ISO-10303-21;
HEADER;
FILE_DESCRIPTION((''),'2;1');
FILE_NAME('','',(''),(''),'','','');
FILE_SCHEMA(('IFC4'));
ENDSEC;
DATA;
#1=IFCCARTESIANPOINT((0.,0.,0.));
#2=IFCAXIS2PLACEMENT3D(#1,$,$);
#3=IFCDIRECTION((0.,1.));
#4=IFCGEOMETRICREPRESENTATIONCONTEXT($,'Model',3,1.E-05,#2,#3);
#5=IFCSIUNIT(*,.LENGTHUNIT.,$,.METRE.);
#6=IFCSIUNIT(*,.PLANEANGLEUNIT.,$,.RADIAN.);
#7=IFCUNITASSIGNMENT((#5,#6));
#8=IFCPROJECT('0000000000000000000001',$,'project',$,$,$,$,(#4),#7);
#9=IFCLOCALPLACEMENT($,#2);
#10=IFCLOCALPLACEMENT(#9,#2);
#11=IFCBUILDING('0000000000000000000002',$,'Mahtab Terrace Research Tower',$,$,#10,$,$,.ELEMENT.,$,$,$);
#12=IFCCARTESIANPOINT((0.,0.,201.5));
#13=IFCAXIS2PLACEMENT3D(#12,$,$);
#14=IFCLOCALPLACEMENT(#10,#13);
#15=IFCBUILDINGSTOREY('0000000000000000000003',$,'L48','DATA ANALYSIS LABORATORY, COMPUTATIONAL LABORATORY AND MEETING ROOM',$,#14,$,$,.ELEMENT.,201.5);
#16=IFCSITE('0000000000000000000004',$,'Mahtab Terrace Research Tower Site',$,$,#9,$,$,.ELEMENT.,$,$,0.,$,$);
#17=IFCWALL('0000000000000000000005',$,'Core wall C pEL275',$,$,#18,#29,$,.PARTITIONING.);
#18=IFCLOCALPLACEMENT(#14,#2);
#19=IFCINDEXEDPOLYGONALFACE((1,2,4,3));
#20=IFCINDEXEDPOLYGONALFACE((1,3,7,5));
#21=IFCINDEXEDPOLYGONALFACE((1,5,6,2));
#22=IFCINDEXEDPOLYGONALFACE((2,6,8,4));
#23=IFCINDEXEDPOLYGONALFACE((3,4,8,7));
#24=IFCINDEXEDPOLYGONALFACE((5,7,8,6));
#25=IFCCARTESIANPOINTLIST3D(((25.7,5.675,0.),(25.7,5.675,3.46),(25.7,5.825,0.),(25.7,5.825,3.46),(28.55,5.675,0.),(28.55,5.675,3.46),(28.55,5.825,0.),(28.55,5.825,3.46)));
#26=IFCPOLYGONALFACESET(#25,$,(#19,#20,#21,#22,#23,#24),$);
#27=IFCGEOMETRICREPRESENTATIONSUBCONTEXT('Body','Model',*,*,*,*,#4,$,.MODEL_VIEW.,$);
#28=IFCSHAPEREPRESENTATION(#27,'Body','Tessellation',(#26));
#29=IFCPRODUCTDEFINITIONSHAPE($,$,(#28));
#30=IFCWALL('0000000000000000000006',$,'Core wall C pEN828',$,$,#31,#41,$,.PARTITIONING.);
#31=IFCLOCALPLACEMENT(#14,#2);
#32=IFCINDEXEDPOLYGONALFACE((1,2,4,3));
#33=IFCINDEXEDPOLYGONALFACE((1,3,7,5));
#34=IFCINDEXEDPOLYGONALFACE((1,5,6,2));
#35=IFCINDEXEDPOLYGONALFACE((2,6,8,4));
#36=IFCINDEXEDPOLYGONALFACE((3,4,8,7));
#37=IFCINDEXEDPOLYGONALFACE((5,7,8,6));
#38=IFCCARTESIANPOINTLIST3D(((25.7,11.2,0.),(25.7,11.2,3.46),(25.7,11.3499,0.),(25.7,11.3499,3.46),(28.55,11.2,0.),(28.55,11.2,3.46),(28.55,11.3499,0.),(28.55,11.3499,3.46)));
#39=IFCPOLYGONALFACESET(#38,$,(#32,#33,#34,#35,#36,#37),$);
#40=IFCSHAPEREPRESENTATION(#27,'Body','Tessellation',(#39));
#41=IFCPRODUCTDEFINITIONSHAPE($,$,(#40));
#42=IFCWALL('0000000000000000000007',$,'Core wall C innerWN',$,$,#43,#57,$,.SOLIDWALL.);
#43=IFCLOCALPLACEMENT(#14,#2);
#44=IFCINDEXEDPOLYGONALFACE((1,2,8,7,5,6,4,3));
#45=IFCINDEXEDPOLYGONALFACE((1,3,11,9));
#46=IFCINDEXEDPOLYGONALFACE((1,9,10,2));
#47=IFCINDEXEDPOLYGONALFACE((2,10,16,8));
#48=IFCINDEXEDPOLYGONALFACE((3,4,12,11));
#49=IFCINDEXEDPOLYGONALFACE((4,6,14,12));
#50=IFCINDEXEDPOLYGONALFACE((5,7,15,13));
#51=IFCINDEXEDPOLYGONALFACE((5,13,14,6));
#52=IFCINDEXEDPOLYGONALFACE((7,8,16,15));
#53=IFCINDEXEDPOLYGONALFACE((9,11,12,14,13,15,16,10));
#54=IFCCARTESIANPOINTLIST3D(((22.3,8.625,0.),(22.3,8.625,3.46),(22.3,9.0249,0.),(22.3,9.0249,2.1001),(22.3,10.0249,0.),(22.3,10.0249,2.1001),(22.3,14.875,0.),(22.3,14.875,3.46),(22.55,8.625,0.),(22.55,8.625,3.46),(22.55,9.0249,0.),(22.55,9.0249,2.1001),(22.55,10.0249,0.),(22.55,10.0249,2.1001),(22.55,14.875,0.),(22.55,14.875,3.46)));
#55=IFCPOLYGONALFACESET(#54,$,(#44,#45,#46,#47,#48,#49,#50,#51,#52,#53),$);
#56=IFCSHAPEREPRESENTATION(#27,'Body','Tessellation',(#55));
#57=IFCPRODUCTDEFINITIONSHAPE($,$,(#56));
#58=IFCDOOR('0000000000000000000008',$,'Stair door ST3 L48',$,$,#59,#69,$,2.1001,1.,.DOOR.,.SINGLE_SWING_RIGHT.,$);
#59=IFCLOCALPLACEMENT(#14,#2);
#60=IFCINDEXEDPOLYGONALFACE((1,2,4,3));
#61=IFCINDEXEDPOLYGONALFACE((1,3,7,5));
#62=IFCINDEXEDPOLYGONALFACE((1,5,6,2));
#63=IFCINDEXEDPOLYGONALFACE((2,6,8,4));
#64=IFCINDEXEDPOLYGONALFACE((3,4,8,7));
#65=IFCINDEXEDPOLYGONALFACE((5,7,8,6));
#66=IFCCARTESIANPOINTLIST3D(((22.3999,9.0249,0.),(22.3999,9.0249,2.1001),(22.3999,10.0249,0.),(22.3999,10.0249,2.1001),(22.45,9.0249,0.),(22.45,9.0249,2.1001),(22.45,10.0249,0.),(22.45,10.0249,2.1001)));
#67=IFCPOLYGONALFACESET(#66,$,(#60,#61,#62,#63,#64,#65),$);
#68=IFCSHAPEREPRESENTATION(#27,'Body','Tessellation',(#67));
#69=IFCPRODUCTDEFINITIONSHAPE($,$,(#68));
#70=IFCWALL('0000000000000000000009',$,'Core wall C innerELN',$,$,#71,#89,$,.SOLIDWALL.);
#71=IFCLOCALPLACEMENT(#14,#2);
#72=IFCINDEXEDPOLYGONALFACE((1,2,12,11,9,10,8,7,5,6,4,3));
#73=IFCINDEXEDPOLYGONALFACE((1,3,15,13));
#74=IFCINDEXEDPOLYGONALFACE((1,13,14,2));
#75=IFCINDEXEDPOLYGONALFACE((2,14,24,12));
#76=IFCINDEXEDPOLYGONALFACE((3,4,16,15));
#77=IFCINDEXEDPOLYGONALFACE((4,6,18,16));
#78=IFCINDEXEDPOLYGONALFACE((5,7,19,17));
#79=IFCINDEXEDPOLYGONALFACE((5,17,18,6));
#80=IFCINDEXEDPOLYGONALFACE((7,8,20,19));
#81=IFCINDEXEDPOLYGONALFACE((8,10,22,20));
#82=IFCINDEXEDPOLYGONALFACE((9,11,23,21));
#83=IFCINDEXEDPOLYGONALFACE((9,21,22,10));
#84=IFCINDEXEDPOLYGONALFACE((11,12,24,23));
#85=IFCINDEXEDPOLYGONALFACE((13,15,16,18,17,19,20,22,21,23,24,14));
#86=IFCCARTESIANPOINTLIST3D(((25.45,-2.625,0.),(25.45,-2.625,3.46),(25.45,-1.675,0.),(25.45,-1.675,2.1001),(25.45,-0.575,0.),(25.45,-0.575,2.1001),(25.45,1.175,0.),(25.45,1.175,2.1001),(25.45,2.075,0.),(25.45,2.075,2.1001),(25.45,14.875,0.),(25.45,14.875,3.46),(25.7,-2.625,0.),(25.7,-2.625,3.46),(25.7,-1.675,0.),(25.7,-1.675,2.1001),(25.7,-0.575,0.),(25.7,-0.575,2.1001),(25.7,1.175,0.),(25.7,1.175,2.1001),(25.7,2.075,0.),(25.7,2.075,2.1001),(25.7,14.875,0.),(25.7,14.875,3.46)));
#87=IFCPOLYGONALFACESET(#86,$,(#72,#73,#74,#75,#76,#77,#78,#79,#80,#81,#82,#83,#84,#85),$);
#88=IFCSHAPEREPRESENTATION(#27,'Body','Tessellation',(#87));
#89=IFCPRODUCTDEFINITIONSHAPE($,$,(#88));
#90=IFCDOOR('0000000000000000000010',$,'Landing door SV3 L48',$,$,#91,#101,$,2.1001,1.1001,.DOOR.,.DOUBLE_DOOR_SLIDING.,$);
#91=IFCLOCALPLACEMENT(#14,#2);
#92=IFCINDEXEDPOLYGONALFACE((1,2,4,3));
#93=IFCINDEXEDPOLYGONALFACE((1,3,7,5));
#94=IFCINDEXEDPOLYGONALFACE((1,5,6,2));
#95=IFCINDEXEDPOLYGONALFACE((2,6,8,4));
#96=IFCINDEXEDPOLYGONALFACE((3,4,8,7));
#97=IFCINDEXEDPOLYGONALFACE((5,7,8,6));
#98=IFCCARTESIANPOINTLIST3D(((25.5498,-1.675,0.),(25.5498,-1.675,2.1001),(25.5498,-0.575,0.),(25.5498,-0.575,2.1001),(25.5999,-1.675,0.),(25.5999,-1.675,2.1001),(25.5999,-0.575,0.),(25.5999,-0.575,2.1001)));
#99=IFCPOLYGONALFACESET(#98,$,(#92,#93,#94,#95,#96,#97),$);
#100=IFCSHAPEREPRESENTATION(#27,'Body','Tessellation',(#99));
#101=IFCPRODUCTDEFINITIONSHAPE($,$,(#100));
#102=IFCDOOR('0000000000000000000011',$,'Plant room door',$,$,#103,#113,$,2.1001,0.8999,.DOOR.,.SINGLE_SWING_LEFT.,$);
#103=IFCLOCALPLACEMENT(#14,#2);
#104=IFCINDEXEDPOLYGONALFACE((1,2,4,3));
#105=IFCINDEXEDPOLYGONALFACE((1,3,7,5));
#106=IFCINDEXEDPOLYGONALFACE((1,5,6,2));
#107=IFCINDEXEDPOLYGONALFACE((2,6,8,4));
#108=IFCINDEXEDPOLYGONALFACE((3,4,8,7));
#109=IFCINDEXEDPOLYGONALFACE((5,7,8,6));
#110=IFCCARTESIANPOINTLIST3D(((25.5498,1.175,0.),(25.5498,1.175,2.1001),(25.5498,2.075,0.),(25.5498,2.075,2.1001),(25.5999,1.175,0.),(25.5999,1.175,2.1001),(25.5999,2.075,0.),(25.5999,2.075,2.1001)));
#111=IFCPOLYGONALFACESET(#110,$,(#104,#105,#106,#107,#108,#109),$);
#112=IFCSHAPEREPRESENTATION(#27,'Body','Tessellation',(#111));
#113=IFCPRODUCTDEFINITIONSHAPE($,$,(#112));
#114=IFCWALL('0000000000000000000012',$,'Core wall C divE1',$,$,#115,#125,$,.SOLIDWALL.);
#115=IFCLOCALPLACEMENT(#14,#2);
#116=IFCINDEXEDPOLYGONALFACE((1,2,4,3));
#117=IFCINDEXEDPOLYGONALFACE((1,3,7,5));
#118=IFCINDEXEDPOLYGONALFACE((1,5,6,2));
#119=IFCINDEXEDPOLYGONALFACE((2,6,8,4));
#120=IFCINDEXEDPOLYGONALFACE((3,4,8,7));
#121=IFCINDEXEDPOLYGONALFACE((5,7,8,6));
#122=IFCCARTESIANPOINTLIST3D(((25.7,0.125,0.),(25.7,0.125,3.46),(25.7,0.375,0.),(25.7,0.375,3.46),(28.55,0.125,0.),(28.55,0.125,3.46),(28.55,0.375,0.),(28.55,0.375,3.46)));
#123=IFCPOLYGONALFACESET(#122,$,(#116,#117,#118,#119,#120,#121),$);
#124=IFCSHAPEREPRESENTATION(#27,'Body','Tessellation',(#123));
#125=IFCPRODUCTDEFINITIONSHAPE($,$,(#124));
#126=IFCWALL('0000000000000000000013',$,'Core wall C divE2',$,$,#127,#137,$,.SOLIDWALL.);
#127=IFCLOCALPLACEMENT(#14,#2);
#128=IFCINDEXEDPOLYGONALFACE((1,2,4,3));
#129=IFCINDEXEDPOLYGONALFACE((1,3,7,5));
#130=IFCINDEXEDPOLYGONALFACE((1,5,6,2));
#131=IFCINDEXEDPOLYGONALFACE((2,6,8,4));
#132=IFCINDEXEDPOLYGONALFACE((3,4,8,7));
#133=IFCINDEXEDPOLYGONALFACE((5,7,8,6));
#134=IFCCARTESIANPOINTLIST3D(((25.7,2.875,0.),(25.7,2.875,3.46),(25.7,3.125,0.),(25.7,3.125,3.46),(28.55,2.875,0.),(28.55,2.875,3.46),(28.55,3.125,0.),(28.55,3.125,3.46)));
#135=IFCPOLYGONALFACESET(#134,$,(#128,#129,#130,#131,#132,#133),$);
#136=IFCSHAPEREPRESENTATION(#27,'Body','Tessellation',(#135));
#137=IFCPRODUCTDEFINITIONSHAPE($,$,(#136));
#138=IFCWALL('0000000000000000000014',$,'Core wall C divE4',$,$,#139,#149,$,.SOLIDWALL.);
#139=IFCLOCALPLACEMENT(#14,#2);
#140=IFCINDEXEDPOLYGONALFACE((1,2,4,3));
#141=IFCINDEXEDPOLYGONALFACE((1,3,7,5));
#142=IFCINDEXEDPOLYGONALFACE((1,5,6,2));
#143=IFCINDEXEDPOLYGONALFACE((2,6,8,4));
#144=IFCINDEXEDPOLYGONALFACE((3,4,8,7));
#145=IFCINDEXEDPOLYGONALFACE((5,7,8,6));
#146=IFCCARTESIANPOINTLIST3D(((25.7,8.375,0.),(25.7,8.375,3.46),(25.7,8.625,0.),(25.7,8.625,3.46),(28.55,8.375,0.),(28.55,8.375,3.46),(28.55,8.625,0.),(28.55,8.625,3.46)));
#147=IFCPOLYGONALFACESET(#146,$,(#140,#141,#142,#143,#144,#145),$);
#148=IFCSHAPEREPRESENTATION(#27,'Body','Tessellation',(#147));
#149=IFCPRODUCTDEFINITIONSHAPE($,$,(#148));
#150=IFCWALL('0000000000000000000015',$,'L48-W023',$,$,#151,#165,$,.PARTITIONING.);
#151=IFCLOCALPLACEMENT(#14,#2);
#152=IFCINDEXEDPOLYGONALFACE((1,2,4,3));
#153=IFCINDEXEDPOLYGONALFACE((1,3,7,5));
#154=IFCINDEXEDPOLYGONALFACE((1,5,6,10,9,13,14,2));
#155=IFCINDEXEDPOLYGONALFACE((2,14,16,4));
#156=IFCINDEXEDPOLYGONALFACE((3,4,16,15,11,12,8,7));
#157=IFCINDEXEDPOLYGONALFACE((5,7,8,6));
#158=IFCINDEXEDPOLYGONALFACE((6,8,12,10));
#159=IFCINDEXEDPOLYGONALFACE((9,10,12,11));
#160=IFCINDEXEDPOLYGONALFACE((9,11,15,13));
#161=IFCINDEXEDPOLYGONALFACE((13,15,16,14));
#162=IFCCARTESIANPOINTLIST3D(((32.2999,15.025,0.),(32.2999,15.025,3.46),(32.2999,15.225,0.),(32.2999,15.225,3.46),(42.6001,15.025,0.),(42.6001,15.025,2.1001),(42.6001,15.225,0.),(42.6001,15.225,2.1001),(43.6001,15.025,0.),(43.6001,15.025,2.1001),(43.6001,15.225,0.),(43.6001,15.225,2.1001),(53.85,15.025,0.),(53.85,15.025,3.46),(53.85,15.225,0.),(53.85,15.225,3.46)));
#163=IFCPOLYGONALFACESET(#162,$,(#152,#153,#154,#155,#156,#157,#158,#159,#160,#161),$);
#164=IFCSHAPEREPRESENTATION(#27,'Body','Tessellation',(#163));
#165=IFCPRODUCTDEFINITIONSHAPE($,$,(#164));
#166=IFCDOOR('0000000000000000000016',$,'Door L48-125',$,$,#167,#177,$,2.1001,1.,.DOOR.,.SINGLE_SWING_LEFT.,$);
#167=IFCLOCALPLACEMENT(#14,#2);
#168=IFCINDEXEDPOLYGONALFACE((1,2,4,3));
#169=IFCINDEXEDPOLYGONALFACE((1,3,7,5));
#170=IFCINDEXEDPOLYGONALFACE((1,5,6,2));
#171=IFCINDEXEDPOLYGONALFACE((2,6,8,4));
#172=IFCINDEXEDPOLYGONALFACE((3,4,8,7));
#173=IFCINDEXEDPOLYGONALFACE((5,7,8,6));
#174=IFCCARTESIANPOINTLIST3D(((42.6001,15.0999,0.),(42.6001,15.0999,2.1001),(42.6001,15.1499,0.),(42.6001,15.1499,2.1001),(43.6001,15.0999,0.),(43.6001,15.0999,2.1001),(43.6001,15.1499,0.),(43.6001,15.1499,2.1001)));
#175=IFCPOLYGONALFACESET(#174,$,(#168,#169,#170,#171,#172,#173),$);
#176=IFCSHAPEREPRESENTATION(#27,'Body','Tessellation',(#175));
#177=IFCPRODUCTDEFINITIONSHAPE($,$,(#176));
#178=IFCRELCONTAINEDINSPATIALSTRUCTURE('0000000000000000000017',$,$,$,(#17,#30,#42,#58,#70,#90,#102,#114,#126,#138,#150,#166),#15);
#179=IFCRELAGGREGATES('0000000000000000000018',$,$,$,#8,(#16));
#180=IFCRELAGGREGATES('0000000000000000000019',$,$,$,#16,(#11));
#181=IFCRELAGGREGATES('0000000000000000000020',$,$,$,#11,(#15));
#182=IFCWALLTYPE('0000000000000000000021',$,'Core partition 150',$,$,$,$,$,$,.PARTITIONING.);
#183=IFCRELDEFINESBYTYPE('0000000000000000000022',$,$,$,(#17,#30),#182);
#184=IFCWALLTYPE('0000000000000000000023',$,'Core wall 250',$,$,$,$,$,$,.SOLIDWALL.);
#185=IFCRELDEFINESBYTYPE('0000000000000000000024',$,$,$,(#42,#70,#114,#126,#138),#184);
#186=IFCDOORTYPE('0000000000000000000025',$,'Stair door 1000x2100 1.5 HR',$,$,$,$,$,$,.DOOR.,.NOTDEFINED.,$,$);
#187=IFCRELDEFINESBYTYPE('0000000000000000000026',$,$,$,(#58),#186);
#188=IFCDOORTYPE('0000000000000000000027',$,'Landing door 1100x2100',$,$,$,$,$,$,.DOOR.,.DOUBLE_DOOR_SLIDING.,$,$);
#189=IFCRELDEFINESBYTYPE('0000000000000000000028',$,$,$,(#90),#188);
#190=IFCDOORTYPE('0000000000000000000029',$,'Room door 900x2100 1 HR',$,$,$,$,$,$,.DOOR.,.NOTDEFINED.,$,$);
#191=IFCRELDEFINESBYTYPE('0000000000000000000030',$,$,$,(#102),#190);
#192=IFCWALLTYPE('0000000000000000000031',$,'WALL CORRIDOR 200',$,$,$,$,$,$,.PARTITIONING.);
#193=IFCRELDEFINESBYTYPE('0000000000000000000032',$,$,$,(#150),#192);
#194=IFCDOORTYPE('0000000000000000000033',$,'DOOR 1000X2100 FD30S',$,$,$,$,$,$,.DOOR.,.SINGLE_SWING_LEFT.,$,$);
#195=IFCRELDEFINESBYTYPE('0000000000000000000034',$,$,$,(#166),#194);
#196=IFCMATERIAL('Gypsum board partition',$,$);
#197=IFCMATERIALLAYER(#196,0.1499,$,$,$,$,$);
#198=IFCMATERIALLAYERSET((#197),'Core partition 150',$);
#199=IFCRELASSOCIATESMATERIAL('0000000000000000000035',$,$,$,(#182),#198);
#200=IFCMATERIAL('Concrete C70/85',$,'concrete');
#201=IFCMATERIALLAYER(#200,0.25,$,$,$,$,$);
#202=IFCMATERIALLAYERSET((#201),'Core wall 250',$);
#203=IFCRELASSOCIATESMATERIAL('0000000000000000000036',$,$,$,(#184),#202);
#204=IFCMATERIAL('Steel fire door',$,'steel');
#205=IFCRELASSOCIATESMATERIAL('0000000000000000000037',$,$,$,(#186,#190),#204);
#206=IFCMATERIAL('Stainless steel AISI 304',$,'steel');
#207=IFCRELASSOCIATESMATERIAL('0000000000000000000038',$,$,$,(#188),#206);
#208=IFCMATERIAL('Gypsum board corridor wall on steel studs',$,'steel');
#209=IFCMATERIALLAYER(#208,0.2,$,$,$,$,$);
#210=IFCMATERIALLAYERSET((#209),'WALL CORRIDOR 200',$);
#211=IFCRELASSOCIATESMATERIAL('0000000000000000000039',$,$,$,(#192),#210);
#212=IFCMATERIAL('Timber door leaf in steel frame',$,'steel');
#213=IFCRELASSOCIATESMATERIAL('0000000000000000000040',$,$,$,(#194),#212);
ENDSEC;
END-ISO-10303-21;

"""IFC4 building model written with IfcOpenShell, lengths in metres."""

from ifc_helpers import new_model, si_unit, direction, frame, frame_2d, origin, place, context, subcontext, project, spatial, rectangle, extrude, material, layer, layer_set, type_object, element, fill, save


model = new_model("IFC4")

# Units and contexts
model_context = context("Model", 3, precision=1e-05, world=origin(), true_north=direction((0.0, 1.0)))
body_context = subcontext(model_context, "Body", "Model", "MODEL_VIEW")
ifc_project = project(units=[si_unit("LENGTHUNIT", "METRE"), si_unit("PLANEANGLEUNIT", "RADIAN")], contexts=[model_context])

# Site, building, storey
site_placement = place(None, origin())
site = spatial("IfcSite", under=ifc_project, at=site_placement, Name="Mahtab Terrace Research Tower Site", CompositionType="ELEMENT", RefElevation=0.0)
building_placement = place(site_placement, origin())
building = spatial("IfcBuilding", under=site, at=building_placement, Name="Mahtab Terrace Research Tower", CompositionType="ELEMENT")
storey_placement = place(building_placement, frame((0.0, 0.0, 201.5)))
storey = spatial("IfcBuildingStorey", under=building, at=storey_placement, Name="L48", Description="DATA ANALYSIS LABORATORY, COMPUTATIONAL LABORATORY AND MEETING ROOM", CompositionType="ELEMENT", Elevation=201.5)

# Shared definitions
ifc_material_1 = material(Name="Concrete C70/85", Category="concrete")

# Walls
ifc_material_2 = material(Name="Gypsum board partition")
ifc_layer_1 = layer(ifc_material_2, 0.1499)
ifc_layer_set_1 = layer_set([ifc_layer_1], Name="Core partition 150")
wall_type_1 = type_object("IfcWallType", Name="Core partition 150", PredefinedType="PARTITIONING", material=ifc_layer_set_1)
for number, where, z_axis, x_axis, name in (
    (1, (25.7, 5.75, 0.0), (0.0, 0.0, 1.0), (1.0, 0.0, 0.0), "Core wall C pEL275"),
    (2, (25.7, 11.2749, 0.0), (0.0, 0.0, 1.0), (1.0, 0.0, 0.0), "Core wall C pEN828"),
):
    element("IfcWall", number, at=place(storey_placement, frame(where, z_axis=z_axis, x_axis=x_axis)), inside=storey, type_object=wall_type_1, Name=name, PredefinedType="PARTITIONING", context=body_context, shape_type="SweptSolid", body=[
        extrude(rectangle(XDim=2.8501, YDim=0.1499, at=frame_2d((1.425, 0.0))), origin(), (0.0, 0.0, 1.0), 3.46),
    ])

# Wall, opening, door
ifc_layer_2 = layer(ifc_material_1, 0.25)
ifc_layer_set_2 = layer_set([ifc_layer_2], Name="Core wall 250")
wall_type_2 = type_object("IfcWallType", Name="Core wall 250", PredefinedType="SOLIDWALL", material=ifc_layer_set_2)
wall_1_placement = place(storey_placement, frame((22.425, 14.875, 0.0), z_axis=(0.0, 0.0, 1.0), x_axis=(0.0, -1.0, 0.0)))
wall_1 = element("IfcWall", 3, at=wall_1_placement, inside=storey, type_object=wall_type_2, Name="Core wall C innerWN", PredefinedType="SOLIDWALL", context=body_context, shape_type="SweptSolid", body=[
    extrude(rectangle(XDim=6.25, YDim=0.25, at=frame_2d((3.125, 0.0))), origin(), (0.0, 0.0, 1.0), 3.46),
])
opening_1_placement = place(wall_1_placement, frame((4.8501, 0.0, 0.0)))
opening_1 = element("IfcOpeningElement", 4, at=opening_1_placement, cuts=wall_1, PredefinedType="OPENING", context=body_context, shape_type="SweptSolid", body=[
    extrude(rectangle(XDim=1.0, YDim=2.1001, at=frame_2d((0.5, 1.05))), frame((0.0, 0.135, 0.0), z_axis=(0.0, -1.0, 0.0), x_axis=(1.0, 0.0, 0.0)), (0.0, 0.0, 1.0), 0.27),
])
ifc_material_3 = material(Name="Steel fire door", Category="steel")
door_type_1 = type_object("IfcDoorType", Name="Stair door 1000x2100 1.5 HR", OperationType="NOTDEFINED", PredefinedType="DOOR", material=ifc_material_3)
door_1_placement = place(opening_1_placement, origin())
door_1 = element("IfcDoor", 5, at=door_1_placement, inside=storey, type_object=door_type_1, Name="Stair door ST3 L48", OperationType="SINGLE_SWING_RIGHT", OverallHeight=2.1001, OverallWidth=1.0, PredefinedType="DOOR", context=body_context, shape_type="SweptSolid", body=[
    extrude(rectangle(XDim=1.0, YDim=2.1001, at=frame_2d((0.5, 1.05))), frame((0.0, 0.0249, 0.0), z_axis=(0.0, -1.0, 0.0), x_axis=(1.0, 0.0, 0.0)), (0.0, 0.0, 1.0), 0.05),
])
fill(opening_1, door_1)

# Wall, openings, doors
wall_2_placement = place(storey_placement, frame((25.575, 14.875, 0.0), z_axis=(0.0, 0.0, 1.0), x_axis=(0.0, -1.0, 0.0)))
wall_2 = element("IfcWall", 6, at=wall_2_placement, inside=storey, type_object=wall_type_2, Name="Core wall C innerELN", PredefinedType="SOLIDWALL", context=body_context, shape_type="SweptSolid", body=[
    extrude(rectangle(XDim=17.5, YDim=0.25, at=frame_2d((8.75, 0.0))), origin(), (0.0, 0.0, 1.0), 3.46),
])
opening_2_placement = place(wall_2_placement, frame((15.45, 0.0, 0.0)))
opening_2 = element("IfcOpeningElement", 7, at=opening_2_placement, cuts=wall_2, PredefinedType="OPENING", context=body_context, shape_type="SweptSolid", body=[
    extrude(rectangle(XDim=1.1001, YDim=2.1001, at=frame_2d((0.55, 1.05))), frame((0.0, 0.135, 0.0), z_axis=(0.0, -1.0, 0.0), x_axis=(1.0, 0.0, 0.0)), (0.0, 0.0, 1.0), 0.27),
])
opening_3_placement = place(wall_2_placement, frame((12.8, 0.0, 0.0)))
opening_3 = element("IfcOpeningElement", 8, at=opening_3_placement, cuts=wall_2, PredefinedType="OPENING", context=body_context, shape_type="SweptSolid", body=[
    extrude(rectangle(XDim=0.8999, YDim=2.1001, at=frame_2d((0.45, 1.05))), frame((0.0, 0.135, 0.0), z_axis=(0.0, -1.0, 0.0), x_axis=(1.0, 0.0, 0.0)), (0.0, 0.0, 1.0), 0.27),
])
ifc_material_4 = material(Name="Stainless steel AISI 304", Category="steel")
door_type_2 = type_object("IfcDoorType", Name="Landing door 1100x2100", OperationType="DOUBLE_DOOR_SLIDING", PredefinedType="DOOR", material=ifc_material_4)
door_2_placement = place(opening_2_placement, origin())
door_2 = element("IfcDoor", 9, at=door_2_placement, inside=storey, type_object=door_type_2, Name="Landing door SV3 L48", OperationType="DOUBLE_DOOR_SLIDING", OverallHeight=2.1001, OverallWidth=1.1001, PredefinedType="DOOR", context=body_context, shape_type="SweptSolid", body=[
    extrude(rectangle(XDim=1.1001, YDim=2.1001, at=frame_2d((0.55, 1.05))), frame((0.0, 0.0249, 0.0), z_axis=(0.0, -1.0, 0.0), x_axis=(1.0, 0.0, 0.0)), (0.0, 0.0, 1.0), 0.05),
])
fill(opening_2, door_2)
door_type_3 = type_object("IfcDoorType", Name="Room door 900x2100 1 HR", OperationType="NOTDEFINED", PredefinedType="DOOR", material=ifc_material_3)
door_3_placement = place(opening_3_placement, origin())
door_3 = element("IfcDoor", 10, at=door_3_placement, inside=storey, type_object=door_type_3, Name="Plant room door", OperationType="SINGLE_SWING_LEFT", OverallHeight=2.1001, OverallWidth=0.8999, PredefinedType="DOOR", context=body_context, shape_type="SweptSolid", body=[
    extrude(rectangle(XDim=0.8999, YDim=2.1001, at=frame_2d((0.45, 1.05))), frame((0.0, 0.0249, 0.0), z_axis=(0.0, -1.0, 0.0), x_axis=(1.0, 0.0, 0.0)), (0.0, 0.0, 1.0), 0.05),
])
fill(opening_3, door_3)

# Walls
for number, where, z_axis, x_axis, name in (
    (11, (25.7, 0.25, 0.0), (0.0, 0.0, 1.0), (1.0, 0.0, 0.0), "Core wall C divE1"),
    (12, (25.7, 3.0, 0.0), (0.0, 0.0, 1.0), (1.0, 0.0, 0.0), "Core wall C divE2"),
    (13, (25.7, 8.5, 0.0), (0.0, 0.0, 1.0), (1.0, 0.0, 0.0), "Core wall C divE4"),
):
    element("IfcWall", number, at=place(storey_placement, frame(where, z_axis=z_axis, x_axis=x_axis)), inside=storey, type_object=wall_type_2, Name=name, PredefinedType="SOLIDWALL", context=body_context, shape_type="SweptSolid", body=[
        extrude(rectangle(XDim=2.8501, YDim=0.25, at=frame_2d((1.425, 0.0))), origin(), (0.0, 0.0, 1.0), 3.46),
    ])

# Wall, opening, door
ifc_material_5 = material(Name="Gypsum board corridor wall on steel studs", Category="steel")
ifc_layer_3 = layer(ifc_material_5, 0.2)
ifc_layer_set_3 = layer_set([ifc_layer_3], Name="WALL CORRIDOR 200")
wall_type_3 = type_object("IfcWallType", Name="WALL CORRIDOR 200", PredefinedType="PARTITIONING", material=ifc_layer_set_3)
wall_3_placement = place(storey_placement, frame((32.3, 15.125, 0.0), z_axis=(0.0, 0.0, 1.0), x_axis=(1.0, 0.0, 0.0)))
wall_3 = element("IfcWall", 14, at=wall_3_placement, inside=storey, type_object=wall_type_3, Name="L48-W023", PredefinedType="PARTITIONING", context=body_context, shape_type="SweptSolid", body=[
    extrude(rectangle(XDim=21.55, YDim=0.2, at=frame_2d((10.7749, 0.0))), origin(), (0.0, 0.0, 1.0), 3.46),
])
opening_4_placement = place(wall_3_placement, frame((10.3, 0.0, 0.0)))
opening_4 = element("IfcOpeningElement", 15, at=opening_4_placement, cuts=wall_3, PredefinedType="OPENING", context=body_context, shape_type="SweptSolid", body=[
    extrude(rectangle(XDim=1.0, YDim=2.1001, at=frame_2d((0.5, 1.05))), frame((0.0, 0.1099, 0.0), z_axis=(0.0, -1.0, 0.0), x_axis=(1.0, 0.0, 0.0)), (0.0, 0.0, 1.0), 0.22),
])
ifc_material_6 = material(Name="Timber door leaf in steel frame", Category="steel")
door_type_4 = type_object("IfcDoorType", Name="DOOR 1000X2100 FD30S", OperationType="SINGLE_SWING_LEFT", PredefinedType="DOOR", material=ifc_material_6)
door_4_placement = place(opening_4_placement, origin())
door_4 = element("IfcDoor", 16, at=door_4_placement, inside=storey, type_object=door_type_4, Name="Door L48-125", OperationType="SINGLE_SWING_LEFT", OverallHeight=2.1001, OverallWidth=1.0, PredefinedType="DOOR", context=body_context, shape_type="SweptSolid", body=[
    extrude(rectangle(XDim=1.0, YDim=2.1001, at=frame_2d((0.5, 1.05))), frame((0.0, 0.0249, 0.0), z_axis=(0.0, -1.0, 0.0), x_axis=(1.0, 0.0, 0.0)), (0.0, 0.0, 1.0), 0.05),
])
fill(opening_4, door_4)

save(model, "model.ifc")
